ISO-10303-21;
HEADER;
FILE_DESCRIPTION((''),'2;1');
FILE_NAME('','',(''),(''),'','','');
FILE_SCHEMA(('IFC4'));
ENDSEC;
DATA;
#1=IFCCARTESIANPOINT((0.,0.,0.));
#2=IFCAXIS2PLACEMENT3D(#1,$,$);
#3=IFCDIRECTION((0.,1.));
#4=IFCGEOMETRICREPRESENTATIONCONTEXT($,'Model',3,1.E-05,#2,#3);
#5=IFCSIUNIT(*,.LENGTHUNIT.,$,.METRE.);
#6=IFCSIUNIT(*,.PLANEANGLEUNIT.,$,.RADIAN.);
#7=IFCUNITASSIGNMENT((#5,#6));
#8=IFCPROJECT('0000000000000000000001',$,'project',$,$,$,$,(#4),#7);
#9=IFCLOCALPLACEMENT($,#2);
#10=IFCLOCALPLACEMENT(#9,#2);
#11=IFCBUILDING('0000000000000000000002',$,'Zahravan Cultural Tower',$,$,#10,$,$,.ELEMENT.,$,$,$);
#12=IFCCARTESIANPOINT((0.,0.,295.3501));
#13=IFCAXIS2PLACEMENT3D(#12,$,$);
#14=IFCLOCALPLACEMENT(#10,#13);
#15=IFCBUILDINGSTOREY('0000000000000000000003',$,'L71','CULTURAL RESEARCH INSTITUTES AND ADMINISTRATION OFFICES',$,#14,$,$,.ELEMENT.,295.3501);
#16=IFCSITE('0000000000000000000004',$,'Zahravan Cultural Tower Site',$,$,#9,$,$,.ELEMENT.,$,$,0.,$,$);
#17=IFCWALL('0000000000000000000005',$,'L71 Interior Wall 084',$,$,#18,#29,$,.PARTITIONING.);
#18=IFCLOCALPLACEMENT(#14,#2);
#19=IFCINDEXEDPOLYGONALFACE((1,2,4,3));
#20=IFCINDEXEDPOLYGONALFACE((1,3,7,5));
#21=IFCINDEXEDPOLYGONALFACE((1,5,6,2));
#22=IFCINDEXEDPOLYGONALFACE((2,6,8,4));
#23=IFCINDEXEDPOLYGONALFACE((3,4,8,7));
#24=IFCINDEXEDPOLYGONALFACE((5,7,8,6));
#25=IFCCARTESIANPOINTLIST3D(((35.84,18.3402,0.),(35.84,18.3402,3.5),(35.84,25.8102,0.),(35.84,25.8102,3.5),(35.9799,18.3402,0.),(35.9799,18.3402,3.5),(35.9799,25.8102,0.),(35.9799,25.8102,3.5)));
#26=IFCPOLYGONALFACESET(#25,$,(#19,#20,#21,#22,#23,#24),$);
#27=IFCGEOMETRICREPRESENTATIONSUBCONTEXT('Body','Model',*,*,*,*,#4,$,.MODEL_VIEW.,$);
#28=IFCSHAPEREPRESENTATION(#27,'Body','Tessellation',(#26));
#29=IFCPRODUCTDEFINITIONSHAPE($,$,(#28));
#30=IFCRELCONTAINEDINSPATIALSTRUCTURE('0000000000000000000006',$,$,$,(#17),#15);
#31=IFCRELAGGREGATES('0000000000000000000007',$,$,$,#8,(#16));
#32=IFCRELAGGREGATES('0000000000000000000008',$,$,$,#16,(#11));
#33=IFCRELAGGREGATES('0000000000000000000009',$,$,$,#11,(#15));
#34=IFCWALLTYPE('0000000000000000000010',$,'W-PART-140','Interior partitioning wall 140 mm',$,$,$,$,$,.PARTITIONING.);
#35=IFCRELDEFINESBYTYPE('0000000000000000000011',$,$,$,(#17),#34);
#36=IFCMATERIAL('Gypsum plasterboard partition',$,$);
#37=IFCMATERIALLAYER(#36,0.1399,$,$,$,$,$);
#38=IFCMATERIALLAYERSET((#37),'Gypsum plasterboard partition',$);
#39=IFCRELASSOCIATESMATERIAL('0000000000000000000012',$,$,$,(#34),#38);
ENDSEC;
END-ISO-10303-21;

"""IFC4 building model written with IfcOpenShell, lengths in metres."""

from ifc_helpers import new_model, si_unit, direction, frame, frame_2d, origin, place, context, subcontext, project, spatial, rectangle, extrude, source, transform, mapped, material, layer, layer_set, type_object, element, save


model = new_model("IFC4")

# Units and contexts
model_context = context("Model", 3, precision=1e-05, world=origin(), true_north=direction((0.0, 1.0)))
body_context = subcontext(model_context, "Body", "Model", "MODEL_VIEW")
ifc_project = project(units=[si_unit("LENGTHUNIT", "METRE"), si_unit("PLANEANGLEUNIT", "RADIAN")], contexts=[model_context])

# Site, building, storey
site_placement = place(None, origin())
site = spatial("IfcSite", under=ifc_project, at=site_placement, Name="Zahravan Cultural Tower Site", CompositionType="ELEMENT", RefElevation=0.0)
building_placement = place(site_placement, origin())
building = spatial("IfcBuilding", under=site, at=building_placement, Name="Zahravan Cultural Tower", CompositionType="ELEMENT")
storey_placement = place(building_placement, frame((0.0, 0.0, 295.3501)))
storey = spatial("IfcBuildingStorey", under=building, at=storey_placement, Name="L71", Description="CULTURAL RESEARCH INSTITUTES AND ADMINISTRATION OFFICES", CompositionType="ELEMENT", Elevation=295.3501)

# Shared definitions
ifc_material_1 = material(Name="Gypsum plasterboard partition")
ifc_layer_1 = layer(ifc_material_1, 0.1399)
ifc_layer_set_1 = layer_set([ifc_layer_1], Name="Gypsum plasterboard partition")
wall_type_1 = type_object("IfcWallType", Name="W-PART-140", Description="Interior partitioning wall 140 mm", PredefinedType="PARTITIONING", material=ifc_layer_set_1)

# Wall
shared_shape_1 = source(origin(), body_context, "Body", "SweptSolid", [
    extrude(rectangle(XDim=7.47, YDim=0.1399, at=frame_2d((3.7349, 0.0))), origin(), (0.0, 0.0, 1.0), 3.5),
])
wall_1_placement = place(storey_placement, frame((35.9099, 25.8101, 0.0), z_axis=(0.0, 0.0, 1.0), x_axis=(0.0, -1.0, 0.0)))
element("IfcWall", 1, at=wall_1_placement, inside=storey, type_object=wall_type_1, Name="L71 Interior Wall 084", PredefinedType="PARTITIONING", context=body_context, shape_type="MappedRepresentation", body=[
    mapped(shared_shape_1, transform((0.0, 0.0, 0.0), x_axis=(1.0, 0.0, 0.0), y_axis=(0.0, 1.0, 0.0), z_axis=(0.0, 0.0, 1.0), scale=1.0)),
])

save(model, "model.ifc")
